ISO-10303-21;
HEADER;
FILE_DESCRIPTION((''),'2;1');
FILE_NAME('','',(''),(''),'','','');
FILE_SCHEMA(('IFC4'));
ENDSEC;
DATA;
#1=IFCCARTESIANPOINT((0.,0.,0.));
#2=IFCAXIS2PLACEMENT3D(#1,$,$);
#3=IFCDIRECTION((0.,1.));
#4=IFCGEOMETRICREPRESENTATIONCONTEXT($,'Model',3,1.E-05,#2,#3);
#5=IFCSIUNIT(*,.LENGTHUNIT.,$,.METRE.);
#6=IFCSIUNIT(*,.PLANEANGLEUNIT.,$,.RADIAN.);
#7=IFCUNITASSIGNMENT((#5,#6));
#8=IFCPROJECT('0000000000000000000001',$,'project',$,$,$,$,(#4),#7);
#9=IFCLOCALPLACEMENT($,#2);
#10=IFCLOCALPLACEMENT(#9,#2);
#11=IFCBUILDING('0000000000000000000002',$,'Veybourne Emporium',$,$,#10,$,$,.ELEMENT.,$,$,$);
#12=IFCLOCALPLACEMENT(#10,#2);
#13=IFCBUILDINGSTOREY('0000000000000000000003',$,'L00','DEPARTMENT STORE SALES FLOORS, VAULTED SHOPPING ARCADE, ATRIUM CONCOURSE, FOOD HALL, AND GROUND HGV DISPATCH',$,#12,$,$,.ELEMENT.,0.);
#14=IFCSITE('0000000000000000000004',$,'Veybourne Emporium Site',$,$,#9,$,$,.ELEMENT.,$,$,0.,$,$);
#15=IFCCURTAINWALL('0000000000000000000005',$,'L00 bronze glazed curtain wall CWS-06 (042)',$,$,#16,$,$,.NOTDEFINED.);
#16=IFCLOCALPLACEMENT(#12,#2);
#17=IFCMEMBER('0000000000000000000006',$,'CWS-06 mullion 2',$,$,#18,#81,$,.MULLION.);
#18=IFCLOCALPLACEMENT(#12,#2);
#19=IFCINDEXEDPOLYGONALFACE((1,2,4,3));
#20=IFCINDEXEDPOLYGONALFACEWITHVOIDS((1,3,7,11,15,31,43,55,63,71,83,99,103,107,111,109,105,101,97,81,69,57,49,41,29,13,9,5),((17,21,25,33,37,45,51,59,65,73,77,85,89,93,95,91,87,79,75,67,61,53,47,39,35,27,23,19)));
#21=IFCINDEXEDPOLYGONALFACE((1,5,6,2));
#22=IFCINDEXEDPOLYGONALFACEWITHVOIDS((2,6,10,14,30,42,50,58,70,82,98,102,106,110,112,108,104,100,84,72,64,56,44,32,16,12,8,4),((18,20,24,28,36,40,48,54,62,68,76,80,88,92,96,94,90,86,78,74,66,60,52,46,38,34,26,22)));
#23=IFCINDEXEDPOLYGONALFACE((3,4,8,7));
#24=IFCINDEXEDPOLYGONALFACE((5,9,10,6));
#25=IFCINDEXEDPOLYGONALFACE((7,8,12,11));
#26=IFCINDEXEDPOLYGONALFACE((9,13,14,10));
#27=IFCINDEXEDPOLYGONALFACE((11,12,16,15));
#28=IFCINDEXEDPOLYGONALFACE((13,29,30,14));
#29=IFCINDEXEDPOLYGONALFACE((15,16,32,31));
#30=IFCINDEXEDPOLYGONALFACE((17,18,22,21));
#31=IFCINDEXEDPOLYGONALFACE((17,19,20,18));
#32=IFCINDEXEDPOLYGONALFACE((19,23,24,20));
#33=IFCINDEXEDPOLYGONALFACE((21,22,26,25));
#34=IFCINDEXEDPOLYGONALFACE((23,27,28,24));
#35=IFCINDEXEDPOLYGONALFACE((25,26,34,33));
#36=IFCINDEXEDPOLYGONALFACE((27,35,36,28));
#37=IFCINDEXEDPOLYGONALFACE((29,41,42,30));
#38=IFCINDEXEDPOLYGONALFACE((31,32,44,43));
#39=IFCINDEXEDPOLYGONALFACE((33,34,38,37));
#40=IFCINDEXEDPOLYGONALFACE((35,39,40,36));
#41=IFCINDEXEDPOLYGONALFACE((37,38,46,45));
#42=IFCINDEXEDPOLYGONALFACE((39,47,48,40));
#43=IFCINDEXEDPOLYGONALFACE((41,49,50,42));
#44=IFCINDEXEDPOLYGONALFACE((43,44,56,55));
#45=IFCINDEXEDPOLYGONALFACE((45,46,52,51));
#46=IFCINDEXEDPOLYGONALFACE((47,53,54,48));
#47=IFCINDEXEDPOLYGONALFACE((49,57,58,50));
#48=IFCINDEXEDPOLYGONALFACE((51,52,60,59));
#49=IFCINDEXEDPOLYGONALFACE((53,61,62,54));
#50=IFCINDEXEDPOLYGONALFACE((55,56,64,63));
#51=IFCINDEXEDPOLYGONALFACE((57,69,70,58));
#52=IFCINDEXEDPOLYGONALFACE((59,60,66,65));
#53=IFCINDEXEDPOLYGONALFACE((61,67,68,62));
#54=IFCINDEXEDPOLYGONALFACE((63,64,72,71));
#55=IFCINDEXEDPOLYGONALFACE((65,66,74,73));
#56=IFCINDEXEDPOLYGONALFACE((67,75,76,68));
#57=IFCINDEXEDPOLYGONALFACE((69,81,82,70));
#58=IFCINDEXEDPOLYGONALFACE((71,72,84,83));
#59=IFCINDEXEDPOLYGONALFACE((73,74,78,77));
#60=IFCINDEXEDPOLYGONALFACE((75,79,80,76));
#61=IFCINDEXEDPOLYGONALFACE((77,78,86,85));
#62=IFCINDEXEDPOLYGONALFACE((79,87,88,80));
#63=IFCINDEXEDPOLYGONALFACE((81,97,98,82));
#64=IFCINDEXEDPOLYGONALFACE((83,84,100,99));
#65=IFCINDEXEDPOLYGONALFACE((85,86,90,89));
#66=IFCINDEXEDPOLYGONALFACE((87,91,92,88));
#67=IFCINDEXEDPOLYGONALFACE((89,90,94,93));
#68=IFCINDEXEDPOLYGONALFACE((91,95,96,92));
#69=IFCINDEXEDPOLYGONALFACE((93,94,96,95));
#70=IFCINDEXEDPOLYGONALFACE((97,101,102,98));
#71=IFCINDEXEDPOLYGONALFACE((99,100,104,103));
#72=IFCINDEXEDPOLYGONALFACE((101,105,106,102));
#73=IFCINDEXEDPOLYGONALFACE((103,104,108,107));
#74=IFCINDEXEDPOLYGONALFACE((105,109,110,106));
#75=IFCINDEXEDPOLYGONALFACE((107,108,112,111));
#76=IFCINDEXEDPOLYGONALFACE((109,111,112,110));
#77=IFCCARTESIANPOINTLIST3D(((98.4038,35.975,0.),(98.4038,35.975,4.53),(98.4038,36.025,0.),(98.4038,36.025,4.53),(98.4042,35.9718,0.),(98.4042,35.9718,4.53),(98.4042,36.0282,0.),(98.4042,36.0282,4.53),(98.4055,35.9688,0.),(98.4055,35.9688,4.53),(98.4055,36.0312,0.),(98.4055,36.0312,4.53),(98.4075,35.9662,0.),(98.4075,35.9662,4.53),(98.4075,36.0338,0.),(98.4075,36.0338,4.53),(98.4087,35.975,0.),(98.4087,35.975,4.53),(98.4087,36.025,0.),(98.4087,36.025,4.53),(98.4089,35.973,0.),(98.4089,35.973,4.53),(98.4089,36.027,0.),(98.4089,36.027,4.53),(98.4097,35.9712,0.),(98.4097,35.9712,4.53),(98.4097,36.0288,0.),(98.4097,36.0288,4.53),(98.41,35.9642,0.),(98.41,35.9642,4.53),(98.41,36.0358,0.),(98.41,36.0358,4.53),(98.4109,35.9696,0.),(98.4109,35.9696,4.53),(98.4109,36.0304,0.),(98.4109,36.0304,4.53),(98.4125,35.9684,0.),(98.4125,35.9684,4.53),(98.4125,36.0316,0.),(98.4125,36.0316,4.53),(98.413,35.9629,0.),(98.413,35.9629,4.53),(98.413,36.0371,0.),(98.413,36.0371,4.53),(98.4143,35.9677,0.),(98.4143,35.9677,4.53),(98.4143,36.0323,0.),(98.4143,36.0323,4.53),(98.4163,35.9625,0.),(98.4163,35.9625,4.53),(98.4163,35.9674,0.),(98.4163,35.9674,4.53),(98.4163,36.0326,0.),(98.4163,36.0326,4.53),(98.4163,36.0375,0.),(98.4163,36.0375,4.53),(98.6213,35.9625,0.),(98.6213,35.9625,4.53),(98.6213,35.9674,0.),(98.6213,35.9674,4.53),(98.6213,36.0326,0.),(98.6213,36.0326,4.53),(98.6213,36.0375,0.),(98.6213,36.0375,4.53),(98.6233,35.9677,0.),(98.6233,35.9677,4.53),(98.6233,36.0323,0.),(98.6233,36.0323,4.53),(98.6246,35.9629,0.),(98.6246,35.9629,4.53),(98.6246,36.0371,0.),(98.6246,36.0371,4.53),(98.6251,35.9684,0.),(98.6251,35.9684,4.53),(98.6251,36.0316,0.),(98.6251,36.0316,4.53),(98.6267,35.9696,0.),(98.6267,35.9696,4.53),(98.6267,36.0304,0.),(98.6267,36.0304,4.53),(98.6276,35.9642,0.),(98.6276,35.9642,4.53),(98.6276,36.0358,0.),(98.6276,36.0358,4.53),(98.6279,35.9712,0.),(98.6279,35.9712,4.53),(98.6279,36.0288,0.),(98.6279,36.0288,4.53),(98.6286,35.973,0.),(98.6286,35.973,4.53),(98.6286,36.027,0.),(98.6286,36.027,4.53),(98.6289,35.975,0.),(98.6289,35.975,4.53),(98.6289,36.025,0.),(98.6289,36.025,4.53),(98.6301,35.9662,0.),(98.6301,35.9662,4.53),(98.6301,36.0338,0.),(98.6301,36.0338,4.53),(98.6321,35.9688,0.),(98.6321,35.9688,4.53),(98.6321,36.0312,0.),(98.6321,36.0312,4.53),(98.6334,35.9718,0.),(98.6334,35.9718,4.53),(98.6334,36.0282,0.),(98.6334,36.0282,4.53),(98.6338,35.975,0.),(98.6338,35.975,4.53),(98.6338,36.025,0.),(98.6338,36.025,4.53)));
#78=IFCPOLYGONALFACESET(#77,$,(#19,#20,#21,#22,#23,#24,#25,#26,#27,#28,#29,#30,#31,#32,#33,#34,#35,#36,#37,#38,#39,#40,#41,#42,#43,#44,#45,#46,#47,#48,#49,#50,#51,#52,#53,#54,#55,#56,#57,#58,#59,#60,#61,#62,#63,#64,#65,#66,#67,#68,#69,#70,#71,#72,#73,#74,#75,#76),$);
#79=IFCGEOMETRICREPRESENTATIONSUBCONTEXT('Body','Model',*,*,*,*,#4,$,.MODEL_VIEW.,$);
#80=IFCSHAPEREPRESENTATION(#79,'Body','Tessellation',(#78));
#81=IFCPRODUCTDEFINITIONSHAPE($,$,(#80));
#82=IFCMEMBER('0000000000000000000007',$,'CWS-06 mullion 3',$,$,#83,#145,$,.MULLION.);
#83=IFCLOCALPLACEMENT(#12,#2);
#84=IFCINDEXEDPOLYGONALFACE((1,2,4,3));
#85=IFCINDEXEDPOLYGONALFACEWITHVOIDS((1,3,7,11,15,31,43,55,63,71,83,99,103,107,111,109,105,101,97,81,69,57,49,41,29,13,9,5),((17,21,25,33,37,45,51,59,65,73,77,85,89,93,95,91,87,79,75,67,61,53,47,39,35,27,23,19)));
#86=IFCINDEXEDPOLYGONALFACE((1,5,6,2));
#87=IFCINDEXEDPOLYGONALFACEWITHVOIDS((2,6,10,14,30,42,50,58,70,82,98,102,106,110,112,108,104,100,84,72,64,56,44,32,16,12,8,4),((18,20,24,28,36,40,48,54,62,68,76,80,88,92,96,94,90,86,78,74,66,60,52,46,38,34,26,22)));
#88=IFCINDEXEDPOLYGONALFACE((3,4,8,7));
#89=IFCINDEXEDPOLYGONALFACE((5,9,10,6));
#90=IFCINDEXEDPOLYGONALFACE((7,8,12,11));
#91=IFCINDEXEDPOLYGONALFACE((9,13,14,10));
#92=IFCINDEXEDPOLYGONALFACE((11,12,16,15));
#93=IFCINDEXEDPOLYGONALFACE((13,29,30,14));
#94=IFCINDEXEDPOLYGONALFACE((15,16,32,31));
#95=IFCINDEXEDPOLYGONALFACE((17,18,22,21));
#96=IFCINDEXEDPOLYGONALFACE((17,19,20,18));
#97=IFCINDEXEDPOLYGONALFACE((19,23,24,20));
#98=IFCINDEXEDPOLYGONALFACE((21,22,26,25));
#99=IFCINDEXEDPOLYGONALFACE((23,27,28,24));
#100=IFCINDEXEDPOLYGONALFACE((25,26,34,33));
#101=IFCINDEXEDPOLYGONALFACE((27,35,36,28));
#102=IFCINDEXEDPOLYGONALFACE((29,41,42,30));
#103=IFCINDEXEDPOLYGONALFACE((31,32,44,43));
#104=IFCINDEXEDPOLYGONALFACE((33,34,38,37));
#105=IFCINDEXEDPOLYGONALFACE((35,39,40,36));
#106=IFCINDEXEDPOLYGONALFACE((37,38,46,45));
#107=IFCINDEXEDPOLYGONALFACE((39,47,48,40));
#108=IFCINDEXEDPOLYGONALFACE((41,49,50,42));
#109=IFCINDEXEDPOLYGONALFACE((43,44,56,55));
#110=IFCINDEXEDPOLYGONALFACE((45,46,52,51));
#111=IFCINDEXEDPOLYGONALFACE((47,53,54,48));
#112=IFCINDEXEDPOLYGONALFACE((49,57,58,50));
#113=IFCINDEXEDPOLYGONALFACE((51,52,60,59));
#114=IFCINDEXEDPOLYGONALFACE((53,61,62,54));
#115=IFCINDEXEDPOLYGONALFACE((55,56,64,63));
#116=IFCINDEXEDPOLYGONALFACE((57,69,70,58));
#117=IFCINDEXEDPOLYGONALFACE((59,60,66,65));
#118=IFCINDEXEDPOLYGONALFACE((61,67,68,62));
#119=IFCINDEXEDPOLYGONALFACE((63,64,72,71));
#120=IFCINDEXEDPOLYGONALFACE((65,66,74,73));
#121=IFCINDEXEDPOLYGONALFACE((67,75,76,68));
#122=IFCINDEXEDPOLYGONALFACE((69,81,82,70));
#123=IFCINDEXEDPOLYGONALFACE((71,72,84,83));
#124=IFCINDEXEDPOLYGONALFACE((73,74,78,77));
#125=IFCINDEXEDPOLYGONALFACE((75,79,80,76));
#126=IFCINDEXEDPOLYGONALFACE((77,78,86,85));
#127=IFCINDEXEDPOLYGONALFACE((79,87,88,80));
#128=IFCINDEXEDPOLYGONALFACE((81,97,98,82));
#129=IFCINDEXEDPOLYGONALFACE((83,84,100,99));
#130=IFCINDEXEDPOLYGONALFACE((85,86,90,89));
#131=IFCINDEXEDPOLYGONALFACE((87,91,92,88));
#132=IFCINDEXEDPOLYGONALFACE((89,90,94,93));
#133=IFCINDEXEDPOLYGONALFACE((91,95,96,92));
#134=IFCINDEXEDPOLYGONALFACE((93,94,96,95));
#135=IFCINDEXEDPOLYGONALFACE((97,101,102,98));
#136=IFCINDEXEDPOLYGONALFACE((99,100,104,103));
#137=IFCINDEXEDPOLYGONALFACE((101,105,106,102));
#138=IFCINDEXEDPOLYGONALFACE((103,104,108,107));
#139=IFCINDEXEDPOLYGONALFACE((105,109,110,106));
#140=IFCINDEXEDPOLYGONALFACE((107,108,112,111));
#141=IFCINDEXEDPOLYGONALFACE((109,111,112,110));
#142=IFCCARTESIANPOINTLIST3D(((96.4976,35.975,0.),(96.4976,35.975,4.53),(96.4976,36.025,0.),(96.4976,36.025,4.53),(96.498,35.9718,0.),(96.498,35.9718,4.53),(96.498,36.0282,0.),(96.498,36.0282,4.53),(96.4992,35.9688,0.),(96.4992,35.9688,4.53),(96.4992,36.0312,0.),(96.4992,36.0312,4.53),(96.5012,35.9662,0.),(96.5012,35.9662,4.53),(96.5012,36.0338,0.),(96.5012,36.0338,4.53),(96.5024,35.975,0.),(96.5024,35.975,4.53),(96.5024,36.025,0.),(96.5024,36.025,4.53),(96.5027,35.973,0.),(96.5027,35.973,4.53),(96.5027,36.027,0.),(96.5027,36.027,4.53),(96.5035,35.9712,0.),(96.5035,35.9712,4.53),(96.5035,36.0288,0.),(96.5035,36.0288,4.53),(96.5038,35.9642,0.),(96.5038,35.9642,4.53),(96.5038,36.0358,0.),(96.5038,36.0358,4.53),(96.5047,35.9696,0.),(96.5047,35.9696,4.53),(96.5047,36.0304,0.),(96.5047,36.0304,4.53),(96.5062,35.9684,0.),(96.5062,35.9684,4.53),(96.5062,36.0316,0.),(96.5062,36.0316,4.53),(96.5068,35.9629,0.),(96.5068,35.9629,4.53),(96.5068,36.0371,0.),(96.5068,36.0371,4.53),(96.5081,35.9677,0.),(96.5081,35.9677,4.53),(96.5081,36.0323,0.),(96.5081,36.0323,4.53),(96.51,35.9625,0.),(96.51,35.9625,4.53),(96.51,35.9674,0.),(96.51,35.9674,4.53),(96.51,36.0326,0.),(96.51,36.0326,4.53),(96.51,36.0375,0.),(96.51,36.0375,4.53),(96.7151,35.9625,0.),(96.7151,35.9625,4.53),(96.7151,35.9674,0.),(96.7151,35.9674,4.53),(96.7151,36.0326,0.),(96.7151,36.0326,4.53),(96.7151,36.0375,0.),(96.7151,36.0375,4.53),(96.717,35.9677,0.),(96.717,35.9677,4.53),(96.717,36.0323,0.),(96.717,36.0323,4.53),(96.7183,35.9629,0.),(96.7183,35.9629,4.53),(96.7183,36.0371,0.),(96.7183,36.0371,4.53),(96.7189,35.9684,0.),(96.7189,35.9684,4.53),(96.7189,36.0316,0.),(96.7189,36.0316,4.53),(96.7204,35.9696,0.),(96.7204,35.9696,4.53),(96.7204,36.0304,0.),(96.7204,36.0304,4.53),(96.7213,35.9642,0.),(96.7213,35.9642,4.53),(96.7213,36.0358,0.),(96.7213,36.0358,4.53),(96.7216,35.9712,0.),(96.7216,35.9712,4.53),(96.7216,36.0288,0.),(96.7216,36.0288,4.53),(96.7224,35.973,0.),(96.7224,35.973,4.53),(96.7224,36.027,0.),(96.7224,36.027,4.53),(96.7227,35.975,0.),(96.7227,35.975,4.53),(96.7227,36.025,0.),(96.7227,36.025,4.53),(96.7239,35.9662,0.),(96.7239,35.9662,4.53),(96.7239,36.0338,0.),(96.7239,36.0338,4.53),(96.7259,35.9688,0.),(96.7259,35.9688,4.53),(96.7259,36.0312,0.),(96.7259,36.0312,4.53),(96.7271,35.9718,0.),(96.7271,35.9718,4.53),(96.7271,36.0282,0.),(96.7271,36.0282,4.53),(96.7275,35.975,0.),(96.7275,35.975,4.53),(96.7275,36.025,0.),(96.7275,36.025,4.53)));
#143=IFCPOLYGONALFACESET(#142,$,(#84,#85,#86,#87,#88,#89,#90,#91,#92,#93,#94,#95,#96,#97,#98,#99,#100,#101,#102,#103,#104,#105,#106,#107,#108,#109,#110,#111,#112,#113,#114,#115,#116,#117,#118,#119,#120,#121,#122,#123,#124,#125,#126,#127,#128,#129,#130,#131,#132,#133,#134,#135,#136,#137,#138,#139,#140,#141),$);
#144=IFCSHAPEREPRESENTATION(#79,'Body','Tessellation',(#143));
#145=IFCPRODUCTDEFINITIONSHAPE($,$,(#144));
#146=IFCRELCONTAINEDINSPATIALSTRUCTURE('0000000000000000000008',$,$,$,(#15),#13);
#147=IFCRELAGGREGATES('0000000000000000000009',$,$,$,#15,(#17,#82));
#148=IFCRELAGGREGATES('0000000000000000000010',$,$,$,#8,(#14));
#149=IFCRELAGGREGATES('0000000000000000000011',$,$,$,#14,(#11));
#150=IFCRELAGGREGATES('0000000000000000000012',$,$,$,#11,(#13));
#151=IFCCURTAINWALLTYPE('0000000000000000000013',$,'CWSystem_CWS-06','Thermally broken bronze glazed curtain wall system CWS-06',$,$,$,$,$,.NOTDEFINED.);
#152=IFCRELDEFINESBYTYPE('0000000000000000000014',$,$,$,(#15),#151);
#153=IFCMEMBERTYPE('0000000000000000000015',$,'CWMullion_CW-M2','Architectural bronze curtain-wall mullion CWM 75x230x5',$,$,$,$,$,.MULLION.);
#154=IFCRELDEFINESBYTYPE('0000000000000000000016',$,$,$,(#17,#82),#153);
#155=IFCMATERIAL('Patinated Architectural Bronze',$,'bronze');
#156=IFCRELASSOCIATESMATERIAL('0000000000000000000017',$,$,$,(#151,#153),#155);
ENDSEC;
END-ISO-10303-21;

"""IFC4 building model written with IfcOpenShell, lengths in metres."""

from ifc_helpers import new_model, si_unit, direction, frame, origin, origin_2d, place, context, subcontext, project, spatial, hollow_rectangle, extrude, material, material_profile, profile_set, type_object, element, aggregate, save


model = new_model("IFC4")

# Units and contexts
model_context = context("Model", 3, precision=1e-05, world=origin(), true_north=direction((0.0, 1.0)))
body_context = subcontext(model_context, "Body", "Model", "MODEL_VIEW")
ifc_project = project(units=[si_unit("LENGTHUNIT", "METRE"), si_unit("PLANEANGLEUNIT", "RADIAN")], contexts=[model_context])

# Site, building, storey
site_placement = place(None, origin())
site = spatial("IfcSite", under=ifc_project, at=site_placement, Name="Veybourne Emporium Site", CompositionType="ELEMENT", RefElevation=0.0)
building_placement = place(site_placement, origin())
building = spatial("IfcBuilding", under=site, at=building_placement, Name="Veybourne Emporium", CompositionType="ELEMENT")
storey_placement = place(building_placement, origin())
storey = spatial("IfcBuildingStorey", under=building, at=storey_placement, Name="L00", Description="DEPARTMENT STORE SALES FLOORS, VAULTED SHOPPING ARCADE, ATRIUM CONCOURSE, FOOD HALL, AND GROUND HGV DISPATCH", CompositionType="ELEMENT", Elevation=0.0)

# Curtain wall, members
ifc_material_1 = material(Name="Patinated Architectural Bronze", Category="bronze")
curtain_wall_type_1 = type_object("IfcCurtainWallType", Name="CWSystem_CWS-06", Description="Thermally broken bronze glazed curtain wall system CWS-06", PredefinedType="NOTDEFINED", material=ifc_material_1)
curtain_wall_1_placement = place(storey_placement, origin())
curtain_wall_1 = element("IfcCurtainWall", 1, at=curtain_wall_1_placement, inside=storey, type_object=curtain_wall_type_1, Name="L00 bronze glazed curtain wall CWS-06 (042)", PredefinedType="NOTDEFINED")
ifc_material_profile_1 = material_profile(ifc_material_1, hollow_rectangle(XDim=0.075, YDim=0.23, WallThickness=0.0049, InnerFilletRadius=0.0076, OuterFilletRadius=0.0125, at=origin_2d()), Name="CWM 75x230x5")
ifc_profile_set_1 = profile_set([ifc_material_profile_1], Name="Patinated Architectural Bronze")
member_type_1 = type_object("IfcMemberType", Name="CWMullion_CW-M2", Description="Architectural bronze curtain-wall mullion CWM 75x230x5", PredefinedType="MULLION", material=ifc_profile_set_1)
member_1_placement = place(storey_placement, frame((98.5188, 36.0, 0.0), z_axis=(0.0, 0.0, 1.0), x_axis=(0.0, -1.0, 0.0)))
member_1 = element("IfcMember", 2, at=member_1_placement, type_object=member_type_1, Name="CWS-06 mullion 2", PredefinedType="MULLION", context=body_context, shape_type="SweptSolid", body=[
    extrude(hollow_rectangle(XDim=0.075, YDim=0.23, WallThickness=0.0049, InnerFilletRadius=0.0076, OuterFilletRadius=0.0125, at=origin_2d()), origin(), (0.0, 0.0, 1.0), 4.53),
])
member_2_placement = place(storey_placement, frame((96.6125, 36.0, 0.0), z_axis=(0.0, 0.0, 1.0), x_axis=(0.0, -1.0, 0.0)))
member_2 = element("IfcMember", 3, at=member_2_placement, type_object=member_type_1, Name="CWS-06 mullion 3", PredefinedType="MULLION", context=body_context, shape_type="SweptSolid", body=[
    extrude(hollow_rectangle(XDim=0.075, YDim=0.23, WallThickness=0.0049, InnerFilletRadius=0.0076, OuterFilletRadius=0.0125, at=origin_2d()), origin(), (0.0, 0.0, 1.0), 4.53),
])

aggregate(curtain_wall_1, [member_1, member_2])

save(model, "model.ifc")
